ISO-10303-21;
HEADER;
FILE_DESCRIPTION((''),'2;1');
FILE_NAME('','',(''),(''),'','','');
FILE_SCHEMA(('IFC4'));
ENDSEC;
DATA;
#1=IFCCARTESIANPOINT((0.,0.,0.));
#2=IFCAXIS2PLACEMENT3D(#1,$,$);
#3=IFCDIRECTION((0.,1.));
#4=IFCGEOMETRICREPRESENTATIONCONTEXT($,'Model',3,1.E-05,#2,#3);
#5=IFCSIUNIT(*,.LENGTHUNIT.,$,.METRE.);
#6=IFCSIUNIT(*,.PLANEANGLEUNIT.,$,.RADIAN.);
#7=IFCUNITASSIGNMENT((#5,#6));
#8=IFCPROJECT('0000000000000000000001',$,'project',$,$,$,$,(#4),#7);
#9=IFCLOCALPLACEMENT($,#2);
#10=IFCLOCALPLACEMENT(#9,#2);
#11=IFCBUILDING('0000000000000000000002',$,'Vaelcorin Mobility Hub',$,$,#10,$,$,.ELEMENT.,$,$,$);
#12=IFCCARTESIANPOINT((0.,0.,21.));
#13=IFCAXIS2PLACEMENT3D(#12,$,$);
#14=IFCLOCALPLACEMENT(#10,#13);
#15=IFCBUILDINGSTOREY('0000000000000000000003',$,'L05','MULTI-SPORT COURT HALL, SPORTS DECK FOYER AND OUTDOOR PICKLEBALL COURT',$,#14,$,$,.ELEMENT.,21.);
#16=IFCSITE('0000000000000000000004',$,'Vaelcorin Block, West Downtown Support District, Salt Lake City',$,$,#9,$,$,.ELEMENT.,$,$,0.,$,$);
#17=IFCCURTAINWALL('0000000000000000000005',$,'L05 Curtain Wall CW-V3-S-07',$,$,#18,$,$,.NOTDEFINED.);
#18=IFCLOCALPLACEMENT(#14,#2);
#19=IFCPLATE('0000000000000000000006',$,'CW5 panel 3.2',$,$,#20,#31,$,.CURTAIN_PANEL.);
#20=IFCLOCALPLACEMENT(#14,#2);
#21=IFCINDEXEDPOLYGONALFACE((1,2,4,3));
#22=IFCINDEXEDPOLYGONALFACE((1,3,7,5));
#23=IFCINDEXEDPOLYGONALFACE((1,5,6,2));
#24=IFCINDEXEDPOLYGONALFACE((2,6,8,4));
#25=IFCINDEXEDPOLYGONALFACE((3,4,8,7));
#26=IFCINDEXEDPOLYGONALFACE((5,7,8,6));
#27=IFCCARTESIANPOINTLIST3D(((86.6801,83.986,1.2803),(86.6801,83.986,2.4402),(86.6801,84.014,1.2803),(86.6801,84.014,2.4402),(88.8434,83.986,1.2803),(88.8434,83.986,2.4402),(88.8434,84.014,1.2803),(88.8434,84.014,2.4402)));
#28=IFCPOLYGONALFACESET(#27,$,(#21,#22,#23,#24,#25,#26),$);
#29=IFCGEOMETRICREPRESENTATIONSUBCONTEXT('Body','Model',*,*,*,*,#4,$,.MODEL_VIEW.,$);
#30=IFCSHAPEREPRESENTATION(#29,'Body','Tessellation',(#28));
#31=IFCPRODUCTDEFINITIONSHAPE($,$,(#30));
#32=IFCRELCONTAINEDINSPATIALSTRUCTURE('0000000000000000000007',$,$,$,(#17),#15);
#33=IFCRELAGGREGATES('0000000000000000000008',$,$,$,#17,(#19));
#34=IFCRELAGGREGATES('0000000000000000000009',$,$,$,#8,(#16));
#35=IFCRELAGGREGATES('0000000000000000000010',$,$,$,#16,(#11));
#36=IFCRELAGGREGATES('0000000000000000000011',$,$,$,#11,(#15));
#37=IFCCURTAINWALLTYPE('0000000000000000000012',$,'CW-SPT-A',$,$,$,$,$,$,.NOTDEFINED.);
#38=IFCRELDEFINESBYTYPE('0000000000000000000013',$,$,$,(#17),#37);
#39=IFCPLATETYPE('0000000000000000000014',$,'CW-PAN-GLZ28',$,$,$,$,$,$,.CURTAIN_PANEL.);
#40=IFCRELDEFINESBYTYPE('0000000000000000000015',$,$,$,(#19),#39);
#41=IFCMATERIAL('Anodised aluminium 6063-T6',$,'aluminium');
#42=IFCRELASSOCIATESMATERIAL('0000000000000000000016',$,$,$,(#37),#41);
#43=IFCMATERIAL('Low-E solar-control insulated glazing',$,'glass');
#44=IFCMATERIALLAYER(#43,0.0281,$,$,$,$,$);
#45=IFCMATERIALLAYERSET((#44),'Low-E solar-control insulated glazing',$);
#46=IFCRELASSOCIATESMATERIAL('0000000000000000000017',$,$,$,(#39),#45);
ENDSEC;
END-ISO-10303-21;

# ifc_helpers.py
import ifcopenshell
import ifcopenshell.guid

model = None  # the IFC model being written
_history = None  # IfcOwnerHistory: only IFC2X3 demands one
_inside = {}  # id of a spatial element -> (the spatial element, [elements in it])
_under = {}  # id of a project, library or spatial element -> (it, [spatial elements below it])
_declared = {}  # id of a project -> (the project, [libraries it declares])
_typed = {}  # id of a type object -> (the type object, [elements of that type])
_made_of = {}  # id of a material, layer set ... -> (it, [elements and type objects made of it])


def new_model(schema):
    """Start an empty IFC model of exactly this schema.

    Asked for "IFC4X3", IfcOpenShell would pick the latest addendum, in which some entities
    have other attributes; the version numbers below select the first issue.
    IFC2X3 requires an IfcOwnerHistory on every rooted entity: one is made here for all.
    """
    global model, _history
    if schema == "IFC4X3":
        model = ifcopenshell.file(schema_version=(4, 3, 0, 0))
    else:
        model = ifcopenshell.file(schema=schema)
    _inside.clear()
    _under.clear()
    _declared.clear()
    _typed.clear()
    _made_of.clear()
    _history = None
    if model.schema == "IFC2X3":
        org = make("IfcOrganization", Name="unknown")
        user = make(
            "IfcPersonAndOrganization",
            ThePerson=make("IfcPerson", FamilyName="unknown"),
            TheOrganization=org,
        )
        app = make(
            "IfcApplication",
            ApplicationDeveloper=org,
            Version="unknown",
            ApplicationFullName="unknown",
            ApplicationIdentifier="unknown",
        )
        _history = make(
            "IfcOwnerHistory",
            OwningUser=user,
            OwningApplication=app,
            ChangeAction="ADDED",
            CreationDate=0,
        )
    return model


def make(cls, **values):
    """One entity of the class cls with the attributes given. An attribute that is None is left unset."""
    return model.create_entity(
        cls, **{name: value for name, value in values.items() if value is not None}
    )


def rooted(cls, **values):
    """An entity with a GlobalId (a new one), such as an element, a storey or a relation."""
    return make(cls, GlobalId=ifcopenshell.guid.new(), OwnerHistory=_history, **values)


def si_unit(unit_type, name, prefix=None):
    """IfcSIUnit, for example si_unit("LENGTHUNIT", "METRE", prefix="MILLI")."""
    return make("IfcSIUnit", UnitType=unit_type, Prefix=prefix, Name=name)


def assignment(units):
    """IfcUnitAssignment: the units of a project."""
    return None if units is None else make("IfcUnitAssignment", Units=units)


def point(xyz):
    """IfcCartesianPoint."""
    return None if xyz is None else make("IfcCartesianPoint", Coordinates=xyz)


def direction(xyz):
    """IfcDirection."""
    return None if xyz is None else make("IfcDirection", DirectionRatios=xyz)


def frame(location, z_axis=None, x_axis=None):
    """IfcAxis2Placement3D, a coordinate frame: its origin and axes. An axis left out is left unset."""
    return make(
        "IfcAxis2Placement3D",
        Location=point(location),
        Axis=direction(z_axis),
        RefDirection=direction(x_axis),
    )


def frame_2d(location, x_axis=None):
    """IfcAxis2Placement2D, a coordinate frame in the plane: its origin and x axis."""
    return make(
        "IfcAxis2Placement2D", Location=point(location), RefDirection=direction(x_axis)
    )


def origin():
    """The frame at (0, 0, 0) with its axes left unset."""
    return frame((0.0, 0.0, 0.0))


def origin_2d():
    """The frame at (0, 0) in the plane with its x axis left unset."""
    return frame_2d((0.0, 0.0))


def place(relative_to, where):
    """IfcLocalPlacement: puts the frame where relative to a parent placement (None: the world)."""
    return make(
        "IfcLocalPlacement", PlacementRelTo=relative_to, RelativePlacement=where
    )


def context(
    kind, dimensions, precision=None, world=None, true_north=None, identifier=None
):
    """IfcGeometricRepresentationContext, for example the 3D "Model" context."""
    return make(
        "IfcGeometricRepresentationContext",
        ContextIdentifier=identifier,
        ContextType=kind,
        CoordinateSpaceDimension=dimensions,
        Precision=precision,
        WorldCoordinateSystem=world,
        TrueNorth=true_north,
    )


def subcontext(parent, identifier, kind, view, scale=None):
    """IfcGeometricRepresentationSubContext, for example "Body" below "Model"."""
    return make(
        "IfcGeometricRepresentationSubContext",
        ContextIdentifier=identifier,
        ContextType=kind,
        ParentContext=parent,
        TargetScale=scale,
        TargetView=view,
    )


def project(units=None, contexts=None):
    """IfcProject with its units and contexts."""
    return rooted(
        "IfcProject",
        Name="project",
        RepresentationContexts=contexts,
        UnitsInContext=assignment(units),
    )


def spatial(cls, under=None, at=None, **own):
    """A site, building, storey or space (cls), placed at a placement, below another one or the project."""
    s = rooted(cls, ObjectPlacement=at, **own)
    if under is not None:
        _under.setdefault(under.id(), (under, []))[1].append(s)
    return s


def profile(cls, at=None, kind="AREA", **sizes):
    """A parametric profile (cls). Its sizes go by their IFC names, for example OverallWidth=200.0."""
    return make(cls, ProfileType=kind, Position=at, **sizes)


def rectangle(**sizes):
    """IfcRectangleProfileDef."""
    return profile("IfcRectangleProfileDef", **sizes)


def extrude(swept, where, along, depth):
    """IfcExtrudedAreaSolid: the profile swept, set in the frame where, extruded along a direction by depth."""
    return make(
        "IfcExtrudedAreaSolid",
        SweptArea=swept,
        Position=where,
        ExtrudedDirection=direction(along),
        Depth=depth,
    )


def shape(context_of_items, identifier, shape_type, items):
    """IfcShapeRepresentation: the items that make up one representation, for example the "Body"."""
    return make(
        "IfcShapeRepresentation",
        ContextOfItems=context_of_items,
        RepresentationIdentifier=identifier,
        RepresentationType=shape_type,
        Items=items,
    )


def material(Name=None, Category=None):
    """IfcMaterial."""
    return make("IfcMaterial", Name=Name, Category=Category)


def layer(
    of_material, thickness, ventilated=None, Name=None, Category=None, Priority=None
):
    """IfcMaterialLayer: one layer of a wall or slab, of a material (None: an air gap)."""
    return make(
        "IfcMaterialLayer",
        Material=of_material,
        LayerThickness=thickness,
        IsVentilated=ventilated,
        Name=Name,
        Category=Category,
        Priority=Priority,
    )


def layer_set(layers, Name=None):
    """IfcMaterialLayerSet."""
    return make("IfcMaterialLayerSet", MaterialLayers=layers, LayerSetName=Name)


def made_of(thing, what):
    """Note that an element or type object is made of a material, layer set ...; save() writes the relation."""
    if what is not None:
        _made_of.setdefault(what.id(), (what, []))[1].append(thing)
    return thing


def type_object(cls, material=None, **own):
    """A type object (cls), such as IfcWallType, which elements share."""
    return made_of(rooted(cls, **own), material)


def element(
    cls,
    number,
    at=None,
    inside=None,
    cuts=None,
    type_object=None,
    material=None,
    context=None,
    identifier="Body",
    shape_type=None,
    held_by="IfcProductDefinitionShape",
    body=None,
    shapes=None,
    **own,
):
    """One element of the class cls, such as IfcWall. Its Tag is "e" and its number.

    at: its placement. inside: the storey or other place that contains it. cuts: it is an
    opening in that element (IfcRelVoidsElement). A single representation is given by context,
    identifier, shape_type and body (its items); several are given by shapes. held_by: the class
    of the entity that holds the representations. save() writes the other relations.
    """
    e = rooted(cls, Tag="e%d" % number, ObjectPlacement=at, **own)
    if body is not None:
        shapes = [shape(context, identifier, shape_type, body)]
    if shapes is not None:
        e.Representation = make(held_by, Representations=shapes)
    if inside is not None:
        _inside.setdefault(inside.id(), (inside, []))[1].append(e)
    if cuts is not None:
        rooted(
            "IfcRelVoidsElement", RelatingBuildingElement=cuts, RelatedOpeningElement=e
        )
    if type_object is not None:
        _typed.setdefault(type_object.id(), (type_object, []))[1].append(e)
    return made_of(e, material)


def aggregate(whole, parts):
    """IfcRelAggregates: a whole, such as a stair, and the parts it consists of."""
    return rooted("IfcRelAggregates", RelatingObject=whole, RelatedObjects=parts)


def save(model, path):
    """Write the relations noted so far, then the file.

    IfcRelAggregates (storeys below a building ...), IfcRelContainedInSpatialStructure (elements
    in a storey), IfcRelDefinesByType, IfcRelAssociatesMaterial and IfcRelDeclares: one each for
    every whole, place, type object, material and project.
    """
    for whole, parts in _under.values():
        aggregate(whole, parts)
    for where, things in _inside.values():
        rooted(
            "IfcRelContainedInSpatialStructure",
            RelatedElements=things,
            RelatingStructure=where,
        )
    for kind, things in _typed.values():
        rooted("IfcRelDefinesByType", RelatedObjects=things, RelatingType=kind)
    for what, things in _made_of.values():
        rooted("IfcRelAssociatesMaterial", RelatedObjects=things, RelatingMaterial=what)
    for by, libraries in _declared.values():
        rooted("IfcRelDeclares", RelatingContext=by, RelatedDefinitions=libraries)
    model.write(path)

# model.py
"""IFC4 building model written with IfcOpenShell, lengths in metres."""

from ifc_helpers import new_model, si_unit, direction, frame, origin, origin_2d, place, context, subcontext, project, spatial, rectangle, extrude, material, layer, layer_set, type_object, element, aggregate, save


model = new_model("IFC4")

# Units and contexts
model_context = context("Model", 3, precision=1e-05, world=origin(), true_north=direction((0.0, 1.0)))
body_context = subcontext(model_context, "Body", "Model", "MODEL_VIEW")
ifc_project = project(units=[si_unit("LENGTHUNIT", "METRE"), si_unit("PLANEANGLEUNIT", "RADIAN")], contexts=[model_context])

# Site, building, storey
site_placement = place(None, origin())
site = spatial("IfcSite", under=ifc_project, at=site_placement, Name="Vaelcorin Block, West Downtown Support District, Salt Lake City", CompositionType="ELEMENT", RefElevation=0.0)
building_placement = place(site_placement, origin())
building = spatial("IfcBuilding", under=site, at=building_placement, Name="Vaelcorin Mobility Hub", CompositionType="ELEMENT")
storey_placement = place(building_placement, frame((0.0, 0.0, 21.0)))
storey = spatial("IfcBuildingStorey", under=building, at=storey_placement, Name="L05", Description="MULTI-SPORT COURT HALL, SPORTS DECK FOYER AND OUTDOOR PICKLEBALL COURT", CompositionType="ELEMENT", Elevation=21.0)

# Shared definitions
ifc_material_1 = material(Name="Anodised aluminium 6063-T6", Category="aluminium")
curtain_wall_type = type_object("IfcCurtainWallType", Name="CW-SPT-A", PredefinedType="NOTDEFINED", material=ifc_material_1)

# Curtain wall
curtain_wall_1_placement = place(storey_placement, origin())
curtain_wall_1 = element("IfcCurtainWall", 1, at=curtain_wall_1_placement, inside=storey, type_object=curtain_wall_type, Name="L05 Curtain Wall CW-V3-S-07", PredefinedType="NOTDEFINED")

# Plate
ifc_material_2 = material(Name="Low-E solar-control insulated glazing", Category="glass")
ifc_layer = layer(ifc_material_2, 0.0281)
ifc_layer_set = layer_set([ifc_layer], Name="Low-E solar-control insulated glazing")
plate_type = type_object("IfcPlateType", Name="CW-PAN-GLZ28", PredefinedType="CURTAIN_PANEL", material=ifc_layer_set)
plate_1_placement = place(storey_placement, frame((87.7617, 84.0, 1.2803), z_axis=(0.0, 0.0, 1.0), x_axis=(-1.0, 0.0, 0.0)))
plate_1 = element("IfcPlate", 2, at=plate_1_placement, type_object=plate_type, Name="CW5 panel 3.2", PredefinedType="CURTAIN_PANEL", context=body_context, shape_type="SweptSolid", body=[
    extrude(rectangle(XDim=2.1633, YDim=0.0281, at=origin_2d()), origin(), (0.0, 0.0, 1.0), 1.1599),
])
aggregate(curtain_wall_1, [plate_1])

save(model, "model.ifc")
